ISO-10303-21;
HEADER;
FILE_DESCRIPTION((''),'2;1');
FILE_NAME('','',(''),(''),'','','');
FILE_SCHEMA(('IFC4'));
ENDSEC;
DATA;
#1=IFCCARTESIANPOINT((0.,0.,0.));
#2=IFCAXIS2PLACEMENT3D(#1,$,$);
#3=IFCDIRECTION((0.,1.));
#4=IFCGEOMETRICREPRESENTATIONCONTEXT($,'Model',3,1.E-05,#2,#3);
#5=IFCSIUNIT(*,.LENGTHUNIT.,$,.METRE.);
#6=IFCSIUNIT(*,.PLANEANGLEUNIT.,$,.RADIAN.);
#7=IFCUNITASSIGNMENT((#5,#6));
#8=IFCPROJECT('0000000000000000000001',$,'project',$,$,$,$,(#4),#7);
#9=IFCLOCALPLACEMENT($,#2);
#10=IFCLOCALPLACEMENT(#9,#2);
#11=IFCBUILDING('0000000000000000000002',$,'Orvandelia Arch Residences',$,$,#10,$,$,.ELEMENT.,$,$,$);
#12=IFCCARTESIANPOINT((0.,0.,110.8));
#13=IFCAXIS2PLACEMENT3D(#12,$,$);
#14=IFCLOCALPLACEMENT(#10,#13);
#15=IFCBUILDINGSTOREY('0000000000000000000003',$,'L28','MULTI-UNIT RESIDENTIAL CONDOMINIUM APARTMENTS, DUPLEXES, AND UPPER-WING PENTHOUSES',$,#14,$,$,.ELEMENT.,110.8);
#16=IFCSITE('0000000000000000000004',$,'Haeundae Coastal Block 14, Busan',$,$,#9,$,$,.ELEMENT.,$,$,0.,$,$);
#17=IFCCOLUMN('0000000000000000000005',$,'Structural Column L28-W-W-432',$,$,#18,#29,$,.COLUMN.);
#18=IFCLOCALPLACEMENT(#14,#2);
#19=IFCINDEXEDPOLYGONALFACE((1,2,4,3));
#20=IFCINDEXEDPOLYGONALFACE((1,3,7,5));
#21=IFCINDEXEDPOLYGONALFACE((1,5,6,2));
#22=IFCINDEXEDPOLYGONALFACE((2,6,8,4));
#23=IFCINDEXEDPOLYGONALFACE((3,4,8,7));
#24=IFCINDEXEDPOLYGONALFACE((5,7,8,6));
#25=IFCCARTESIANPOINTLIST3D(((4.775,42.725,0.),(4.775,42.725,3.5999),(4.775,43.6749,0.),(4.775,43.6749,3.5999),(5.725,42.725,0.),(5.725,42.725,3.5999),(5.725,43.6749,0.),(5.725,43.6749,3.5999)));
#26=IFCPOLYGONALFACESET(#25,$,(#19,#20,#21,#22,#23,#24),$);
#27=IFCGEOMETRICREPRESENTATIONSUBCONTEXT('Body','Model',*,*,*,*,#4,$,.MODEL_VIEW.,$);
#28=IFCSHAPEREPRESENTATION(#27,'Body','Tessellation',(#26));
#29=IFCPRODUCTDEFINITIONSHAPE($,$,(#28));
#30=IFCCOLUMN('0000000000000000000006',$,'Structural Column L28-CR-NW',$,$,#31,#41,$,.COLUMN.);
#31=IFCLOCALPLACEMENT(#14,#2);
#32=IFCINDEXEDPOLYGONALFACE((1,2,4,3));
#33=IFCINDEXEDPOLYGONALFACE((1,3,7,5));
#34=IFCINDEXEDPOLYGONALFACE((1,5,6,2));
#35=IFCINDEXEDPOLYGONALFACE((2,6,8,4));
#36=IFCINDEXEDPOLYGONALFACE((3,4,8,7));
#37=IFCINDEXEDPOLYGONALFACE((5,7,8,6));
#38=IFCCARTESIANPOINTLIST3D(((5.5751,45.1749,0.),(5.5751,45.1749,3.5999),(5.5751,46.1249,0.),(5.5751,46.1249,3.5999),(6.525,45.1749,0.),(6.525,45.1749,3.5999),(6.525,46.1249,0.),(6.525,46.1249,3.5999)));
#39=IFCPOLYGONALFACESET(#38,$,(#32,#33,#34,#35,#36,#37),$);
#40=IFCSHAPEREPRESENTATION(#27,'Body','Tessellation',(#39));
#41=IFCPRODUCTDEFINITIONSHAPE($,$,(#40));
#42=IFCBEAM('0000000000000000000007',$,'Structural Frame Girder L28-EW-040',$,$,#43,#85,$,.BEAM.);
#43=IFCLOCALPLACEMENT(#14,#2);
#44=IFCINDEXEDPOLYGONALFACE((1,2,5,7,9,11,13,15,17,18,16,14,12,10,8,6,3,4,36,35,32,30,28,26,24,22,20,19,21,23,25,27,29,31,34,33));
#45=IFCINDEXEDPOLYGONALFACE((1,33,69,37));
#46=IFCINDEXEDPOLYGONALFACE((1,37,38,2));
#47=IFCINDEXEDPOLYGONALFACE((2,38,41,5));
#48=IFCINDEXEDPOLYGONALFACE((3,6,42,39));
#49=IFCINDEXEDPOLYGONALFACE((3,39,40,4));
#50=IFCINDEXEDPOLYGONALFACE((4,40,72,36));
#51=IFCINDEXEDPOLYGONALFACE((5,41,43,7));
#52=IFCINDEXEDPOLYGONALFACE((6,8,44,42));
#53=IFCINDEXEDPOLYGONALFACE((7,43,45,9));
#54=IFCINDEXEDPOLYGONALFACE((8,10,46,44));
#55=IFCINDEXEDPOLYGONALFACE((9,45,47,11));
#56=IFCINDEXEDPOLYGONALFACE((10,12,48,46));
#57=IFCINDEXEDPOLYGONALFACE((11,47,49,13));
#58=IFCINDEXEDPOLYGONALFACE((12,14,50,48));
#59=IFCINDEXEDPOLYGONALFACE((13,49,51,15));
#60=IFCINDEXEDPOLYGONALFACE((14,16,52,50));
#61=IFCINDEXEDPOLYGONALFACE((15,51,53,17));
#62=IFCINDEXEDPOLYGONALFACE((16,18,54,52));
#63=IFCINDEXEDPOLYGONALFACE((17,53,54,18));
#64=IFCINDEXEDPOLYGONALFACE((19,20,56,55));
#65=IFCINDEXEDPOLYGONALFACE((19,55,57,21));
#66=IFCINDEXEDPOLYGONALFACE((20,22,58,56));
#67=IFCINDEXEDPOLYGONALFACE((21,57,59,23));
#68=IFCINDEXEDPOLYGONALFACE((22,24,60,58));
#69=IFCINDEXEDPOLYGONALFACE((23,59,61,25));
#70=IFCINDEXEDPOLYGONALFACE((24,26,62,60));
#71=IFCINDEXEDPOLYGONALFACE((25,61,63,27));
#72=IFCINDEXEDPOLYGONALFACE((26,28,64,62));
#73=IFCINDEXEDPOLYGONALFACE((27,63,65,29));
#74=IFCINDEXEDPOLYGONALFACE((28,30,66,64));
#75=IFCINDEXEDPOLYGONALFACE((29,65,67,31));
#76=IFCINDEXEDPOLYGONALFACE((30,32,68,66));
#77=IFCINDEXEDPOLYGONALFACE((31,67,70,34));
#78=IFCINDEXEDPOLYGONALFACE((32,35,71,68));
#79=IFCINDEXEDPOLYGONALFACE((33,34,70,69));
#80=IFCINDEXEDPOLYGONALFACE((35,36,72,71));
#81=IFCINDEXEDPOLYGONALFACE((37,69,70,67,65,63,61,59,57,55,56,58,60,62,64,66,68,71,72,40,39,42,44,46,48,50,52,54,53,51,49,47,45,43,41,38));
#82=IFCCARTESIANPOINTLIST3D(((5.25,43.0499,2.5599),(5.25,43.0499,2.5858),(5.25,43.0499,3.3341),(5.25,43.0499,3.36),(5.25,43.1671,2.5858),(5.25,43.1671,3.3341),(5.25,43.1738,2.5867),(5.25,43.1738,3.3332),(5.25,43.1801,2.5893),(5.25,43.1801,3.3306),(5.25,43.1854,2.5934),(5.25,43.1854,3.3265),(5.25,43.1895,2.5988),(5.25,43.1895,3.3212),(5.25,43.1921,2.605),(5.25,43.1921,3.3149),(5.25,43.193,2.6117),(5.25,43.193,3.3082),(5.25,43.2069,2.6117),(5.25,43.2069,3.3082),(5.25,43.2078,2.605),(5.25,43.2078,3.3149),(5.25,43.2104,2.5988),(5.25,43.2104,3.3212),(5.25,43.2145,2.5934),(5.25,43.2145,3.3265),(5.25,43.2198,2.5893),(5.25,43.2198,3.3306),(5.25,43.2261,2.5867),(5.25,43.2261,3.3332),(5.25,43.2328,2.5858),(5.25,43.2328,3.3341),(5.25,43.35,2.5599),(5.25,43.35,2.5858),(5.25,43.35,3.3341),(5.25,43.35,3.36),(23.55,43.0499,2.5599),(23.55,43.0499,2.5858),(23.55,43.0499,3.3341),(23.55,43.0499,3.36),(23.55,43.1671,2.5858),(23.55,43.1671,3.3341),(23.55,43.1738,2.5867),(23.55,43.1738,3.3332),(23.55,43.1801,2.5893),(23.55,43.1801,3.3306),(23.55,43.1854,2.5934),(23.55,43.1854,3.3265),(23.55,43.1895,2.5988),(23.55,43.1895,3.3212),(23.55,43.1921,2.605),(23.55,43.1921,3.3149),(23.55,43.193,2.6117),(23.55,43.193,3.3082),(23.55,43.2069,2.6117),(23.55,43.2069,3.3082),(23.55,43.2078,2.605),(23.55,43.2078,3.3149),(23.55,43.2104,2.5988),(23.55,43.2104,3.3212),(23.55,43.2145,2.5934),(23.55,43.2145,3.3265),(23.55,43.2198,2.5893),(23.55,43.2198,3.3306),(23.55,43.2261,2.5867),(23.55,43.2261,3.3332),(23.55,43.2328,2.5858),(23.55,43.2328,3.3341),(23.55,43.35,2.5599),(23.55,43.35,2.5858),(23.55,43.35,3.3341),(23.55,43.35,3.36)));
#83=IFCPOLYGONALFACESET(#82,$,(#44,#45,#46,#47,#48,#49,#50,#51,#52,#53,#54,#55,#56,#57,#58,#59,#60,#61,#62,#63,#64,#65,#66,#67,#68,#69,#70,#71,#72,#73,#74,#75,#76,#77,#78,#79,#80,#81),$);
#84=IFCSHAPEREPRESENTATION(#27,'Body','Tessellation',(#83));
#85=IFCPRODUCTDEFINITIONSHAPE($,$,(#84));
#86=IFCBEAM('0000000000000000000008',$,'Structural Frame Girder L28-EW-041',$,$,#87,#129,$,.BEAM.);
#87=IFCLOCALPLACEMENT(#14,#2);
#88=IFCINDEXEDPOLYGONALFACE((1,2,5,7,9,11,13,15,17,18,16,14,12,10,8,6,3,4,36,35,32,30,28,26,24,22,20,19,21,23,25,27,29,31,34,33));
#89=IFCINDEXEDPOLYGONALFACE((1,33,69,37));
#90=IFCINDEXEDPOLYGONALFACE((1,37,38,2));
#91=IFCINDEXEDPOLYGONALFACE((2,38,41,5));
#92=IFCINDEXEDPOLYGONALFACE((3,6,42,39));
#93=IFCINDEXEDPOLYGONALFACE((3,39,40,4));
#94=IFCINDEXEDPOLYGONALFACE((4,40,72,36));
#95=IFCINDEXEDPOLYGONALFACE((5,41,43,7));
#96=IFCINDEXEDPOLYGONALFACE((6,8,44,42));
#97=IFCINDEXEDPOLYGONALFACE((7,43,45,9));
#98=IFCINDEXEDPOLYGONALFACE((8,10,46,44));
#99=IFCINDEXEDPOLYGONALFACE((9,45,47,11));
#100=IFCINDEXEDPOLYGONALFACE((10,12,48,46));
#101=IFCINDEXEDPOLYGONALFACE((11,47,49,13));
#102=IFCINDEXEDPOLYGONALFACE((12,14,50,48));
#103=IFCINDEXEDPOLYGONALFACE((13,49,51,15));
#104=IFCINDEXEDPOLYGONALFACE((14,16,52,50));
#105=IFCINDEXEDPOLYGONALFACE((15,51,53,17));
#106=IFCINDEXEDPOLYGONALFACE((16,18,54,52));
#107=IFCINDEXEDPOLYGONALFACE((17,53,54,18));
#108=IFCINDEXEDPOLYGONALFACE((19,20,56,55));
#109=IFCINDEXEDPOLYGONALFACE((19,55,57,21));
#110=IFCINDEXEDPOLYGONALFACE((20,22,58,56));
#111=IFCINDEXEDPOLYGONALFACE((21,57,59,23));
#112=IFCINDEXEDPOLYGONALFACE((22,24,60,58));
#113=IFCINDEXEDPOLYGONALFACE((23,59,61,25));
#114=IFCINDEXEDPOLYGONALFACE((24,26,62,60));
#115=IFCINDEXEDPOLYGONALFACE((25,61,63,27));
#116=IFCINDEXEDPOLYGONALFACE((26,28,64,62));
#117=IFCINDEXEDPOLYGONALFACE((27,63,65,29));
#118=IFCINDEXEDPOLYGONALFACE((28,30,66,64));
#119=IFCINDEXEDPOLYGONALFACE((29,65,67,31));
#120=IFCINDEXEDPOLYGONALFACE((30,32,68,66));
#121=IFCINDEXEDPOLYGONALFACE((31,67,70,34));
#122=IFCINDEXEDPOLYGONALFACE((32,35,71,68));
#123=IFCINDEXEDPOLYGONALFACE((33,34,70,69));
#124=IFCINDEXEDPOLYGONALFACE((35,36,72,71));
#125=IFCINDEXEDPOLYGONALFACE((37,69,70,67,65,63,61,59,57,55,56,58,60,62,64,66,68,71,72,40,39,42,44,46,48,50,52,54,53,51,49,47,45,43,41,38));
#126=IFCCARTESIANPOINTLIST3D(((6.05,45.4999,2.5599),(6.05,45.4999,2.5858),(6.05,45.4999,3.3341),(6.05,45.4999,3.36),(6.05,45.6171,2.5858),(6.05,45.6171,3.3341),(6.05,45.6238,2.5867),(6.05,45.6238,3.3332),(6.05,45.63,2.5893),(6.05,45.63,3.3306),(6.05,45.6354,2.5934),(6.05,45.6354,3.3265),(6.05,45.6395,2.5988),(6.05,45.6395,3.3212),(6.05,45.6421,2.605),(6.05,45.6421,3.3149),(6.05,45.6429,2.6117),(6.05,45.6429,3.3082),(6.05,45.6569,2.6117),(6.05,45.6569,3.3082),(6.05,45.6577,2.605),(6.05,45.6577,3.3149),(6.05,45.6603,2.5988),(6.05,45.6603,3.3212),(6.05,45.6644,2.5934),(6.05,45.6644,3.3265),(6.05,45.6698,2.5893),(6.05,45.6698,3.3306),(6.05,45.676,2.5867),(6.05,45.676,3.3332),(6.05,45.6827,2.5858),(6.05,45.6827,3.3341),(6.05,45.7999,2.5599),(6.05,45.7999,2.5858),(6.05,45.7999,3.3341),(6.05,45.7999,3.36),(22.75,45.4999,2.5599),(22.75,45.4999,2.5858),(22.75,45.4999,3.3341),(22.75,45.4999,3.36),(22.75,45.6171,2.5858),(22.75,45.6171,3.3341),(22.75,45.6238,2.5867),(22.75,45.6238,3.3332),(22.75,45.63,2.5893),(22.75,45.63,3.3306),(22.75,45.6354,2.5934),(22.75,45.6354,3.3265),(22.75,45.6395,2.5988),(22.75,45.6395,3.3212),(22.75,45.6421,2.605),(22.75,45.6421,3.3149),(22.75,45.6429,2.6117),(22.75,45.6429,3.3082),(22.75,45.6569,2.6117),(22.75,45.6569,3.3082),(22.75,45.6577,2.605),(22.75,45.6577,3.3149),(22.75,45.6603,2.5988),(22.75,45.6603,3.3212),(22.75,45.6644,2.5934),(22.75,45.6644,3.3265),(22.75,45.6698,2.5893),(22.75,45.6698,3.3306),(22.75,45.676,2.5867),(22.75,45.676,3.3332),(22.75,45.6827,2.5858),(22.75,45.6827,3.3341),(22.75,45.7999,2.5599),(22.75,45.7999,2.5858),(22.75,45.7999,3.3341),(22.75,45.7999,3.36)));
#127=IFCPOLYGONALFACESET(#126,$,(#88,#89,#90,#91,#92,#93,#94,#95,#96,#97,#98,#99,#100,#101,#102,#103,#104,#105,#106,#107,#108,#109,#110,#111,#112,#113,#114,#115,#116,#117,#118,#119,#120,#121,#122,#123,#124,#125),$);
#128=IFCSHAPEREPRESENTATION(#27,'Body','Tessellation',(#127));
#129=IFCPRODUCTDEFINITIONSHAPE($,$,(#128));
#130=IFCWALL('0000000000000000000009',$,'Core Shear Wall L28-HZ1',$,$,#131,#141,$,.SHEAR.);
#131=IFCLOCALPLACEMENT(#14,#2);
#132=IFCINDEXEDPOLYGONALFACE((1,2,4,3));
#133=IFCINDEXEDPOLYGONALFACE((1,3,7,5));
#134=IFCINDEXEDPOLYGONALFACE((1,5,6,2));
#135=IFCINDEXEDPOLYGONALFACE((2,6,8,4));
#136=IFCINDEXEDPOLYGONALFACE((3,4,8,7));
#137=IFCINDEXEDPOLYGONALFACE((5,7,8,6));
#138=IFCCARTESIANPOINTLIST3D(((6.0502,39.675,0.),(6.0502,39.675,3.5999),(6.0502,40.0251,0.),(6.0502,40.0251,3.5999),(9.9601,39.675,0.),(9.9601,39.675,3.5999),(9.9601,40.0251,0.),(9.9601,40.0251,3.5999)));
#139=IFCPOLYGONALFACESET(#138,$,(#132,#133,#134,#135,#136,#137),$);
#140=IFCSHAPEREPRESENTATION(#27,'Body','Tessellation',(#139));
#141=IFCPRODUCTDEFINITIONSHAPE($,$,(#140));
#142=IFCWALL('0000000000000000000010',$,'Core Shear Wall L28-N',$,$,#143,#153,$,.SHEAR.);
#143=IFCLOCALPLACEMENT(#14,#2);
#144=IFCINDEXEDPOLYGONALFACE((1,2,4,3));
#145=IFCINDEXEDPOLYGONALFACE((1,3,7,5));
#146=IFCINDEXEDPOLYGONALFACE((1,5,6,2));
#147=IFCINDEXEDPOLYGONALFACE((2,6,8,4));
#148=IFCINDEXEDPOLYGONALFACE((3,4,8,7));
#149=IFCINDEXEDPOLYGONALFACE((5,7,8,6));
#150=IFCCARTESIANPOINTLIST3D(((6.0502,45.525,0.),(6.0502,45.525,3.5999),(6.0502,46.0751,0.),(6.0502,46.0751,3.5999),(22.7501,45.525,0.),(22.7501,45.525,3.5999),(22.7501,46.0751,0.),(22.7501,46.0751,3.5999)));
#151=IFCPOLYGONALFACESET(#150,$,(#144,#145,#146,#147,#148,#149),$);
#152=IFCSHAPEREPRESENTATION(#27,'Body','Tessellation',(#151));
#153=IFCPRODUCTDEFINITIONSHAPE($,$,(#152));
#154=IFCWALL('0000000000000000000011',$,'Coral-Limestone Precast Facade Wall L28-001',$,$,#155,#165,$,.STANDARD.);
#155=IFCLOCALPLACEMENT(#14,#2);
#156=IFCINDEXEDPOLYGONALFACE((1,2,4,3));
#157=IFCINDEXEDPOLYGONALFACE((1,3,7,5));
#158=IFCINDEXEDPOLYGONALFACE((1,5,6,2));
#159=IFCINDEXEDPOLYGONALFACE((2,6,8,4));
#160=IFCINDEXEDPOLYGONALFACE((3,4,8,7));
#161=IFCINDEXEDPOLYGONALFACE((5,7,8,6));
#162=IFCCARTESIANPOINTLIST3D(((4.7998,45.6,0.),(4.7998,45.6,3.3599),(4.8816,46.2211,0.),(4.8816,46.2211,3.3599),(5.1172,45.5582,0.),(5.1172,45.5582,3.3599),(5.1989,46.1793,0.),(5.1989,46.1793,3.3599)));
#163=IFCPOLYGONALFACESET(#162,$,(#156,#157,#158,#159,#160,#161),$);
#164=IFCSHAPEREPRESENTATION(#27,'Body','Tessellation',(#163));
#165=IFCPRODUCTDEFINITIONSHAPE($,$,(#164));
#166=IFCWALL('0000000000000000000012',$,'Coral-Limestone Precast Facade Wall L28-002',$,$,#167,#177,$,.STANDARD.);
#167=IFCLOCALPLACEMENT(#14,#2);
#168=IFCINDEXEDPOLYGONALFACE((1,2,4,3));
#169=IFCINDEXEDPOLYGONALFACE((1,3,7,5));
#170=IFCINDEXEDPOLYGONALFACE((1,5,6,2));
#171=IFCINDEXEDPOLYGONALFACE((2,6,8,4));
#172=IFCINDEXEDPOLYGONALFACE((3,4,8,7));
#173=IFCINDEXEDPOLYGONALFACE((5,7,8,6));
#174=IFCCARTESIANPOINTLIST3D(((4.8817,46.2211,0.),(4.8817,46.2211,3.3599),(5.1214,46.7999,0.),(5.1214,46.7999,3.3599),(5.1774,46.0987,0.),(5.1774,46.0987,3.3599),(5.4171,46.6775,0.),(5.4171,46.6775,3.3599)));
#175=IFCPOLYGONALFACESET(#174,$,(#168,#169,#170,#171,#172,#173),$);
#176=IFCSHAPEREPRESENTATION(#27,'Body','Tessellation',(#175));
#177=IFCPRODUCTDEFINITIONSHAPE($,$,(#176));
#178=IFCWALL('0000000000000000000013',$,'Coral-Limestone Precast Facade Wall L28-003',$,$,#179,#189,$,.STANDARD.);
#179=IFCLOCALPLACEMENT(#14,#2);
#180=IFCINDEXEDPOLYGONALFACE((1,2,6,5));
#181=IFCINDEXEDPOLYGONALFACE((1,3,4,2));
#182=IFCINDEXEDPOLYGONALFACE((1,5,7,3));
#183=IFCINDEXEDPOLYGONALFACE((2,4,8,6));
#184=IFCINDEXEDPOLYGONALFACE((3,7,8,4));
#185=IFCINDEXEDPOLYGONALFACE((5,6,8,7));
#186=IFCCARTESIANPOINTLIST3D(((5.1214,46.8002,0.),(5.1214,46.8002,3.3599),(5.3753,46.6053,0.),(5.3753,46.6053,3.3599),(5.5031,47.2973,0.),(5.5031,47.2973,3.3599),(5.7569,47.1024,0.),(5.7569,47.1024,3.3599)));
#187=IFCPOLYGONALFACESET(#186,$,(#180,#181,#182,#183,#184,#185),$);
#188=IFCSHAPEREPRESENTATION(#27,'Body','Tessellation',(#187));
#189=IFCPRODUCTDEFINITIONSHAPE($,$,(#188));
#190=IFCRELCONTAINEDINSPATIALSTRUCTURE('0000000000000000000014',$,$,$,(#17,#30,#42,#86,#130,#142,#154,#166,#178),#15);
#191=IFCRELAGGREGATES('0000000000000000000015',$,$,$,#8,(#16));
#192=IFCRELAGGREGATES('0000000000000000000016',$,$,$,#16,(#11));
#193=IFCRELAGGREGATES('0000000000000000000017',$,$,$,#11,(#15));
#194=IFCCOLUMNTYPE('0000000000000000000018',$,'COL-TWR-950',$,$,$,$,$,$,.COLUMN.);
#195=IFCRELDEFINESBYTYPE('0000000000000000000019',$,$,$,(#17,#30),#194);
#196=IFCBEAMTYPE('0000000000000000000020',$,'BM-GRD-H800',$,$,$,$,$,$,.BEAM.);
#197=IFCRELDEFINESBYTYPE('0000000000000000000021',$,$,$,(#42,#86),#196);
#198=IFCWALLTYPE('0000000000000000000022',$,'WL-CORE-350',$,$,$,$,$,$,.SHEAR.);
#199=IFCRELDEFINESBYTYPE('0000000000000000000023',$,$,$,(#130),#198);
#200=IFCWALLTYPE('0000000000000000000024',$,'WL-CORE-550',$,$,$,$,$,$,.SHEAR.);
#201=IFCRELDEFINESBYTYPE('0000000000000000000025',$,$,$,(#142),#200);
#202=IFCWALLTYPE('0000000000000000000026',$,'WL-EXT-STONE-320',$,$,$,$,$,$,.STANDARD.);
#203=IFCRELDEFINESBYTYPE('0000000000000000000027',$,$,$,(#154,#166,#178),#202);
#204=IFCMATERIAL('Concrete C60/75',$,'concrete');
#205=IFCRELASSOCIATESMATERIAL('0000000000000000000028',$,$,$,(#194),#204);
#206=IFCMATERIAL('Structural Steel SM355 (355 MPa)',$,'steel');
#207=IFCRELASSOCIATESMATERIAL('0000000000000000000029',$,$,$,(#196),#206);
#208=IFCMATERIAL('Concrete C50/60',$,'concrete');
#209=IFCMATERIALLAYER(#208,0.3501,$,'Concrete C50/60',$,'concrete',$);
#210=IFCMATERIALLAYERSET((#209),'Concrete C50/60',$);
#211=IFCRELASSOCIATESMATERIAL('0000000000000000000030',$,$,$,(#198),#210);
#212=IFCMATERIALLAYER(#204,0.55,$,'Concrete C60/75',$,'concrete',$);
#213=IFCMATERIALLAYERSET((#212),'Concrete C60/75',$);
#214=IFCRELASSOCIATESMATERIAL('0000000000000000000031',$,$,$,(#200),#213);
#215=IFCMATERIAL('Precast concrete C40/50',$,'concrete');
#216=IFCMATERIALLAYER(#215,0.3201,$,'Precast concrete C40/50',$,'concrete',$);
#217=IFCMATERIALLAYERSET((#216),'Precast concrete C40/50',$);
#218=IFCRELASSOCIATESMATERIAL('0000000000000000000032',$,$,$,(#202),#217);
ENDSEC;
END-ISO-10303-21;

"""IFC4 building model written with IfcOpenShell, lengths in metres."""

from ifc_helpers import new_model, si_unit, direction, frame, frame_2d, origin, origin_2d, place, context, subcontext, project, spatial, rectangle, i_section, extrude, material, layer, layer_set, material_profile, profile_set, type_object, element, save


model = new_model("IFC4")

# Units and contexts
model_context = context("Model", 3, precision=1e-05, world=origin(), true_north=direction((0.0, 1.0)))
body_context = subcontext(model_context, "Body", "Model", "MODEL_VIEW")
ifc_project = project(units=[si_unit("LENGTHUNIT", "METRE"), si_unit("PLANEANGLEUNIT", "RADIAN")], contexts=[model_context])

# Site, building, storey
site_placement = place(None, origin())
site = spatial("IfcSite", under=ifc_project, at=site_placement, Name="Haeundae Coastal Block 14, Busan", CompositionType="ELEMENT", RefElevation=0.0)
building_placement = place(site_placement, origin())
building = spatial("IfcBuilding", under=site, at=building_placement, Name="Orvandelia Arch Residences", CompositionType="ELEMENT")
storey_placement = place(building_placement, frame((0.0, 0.0, 110.8)))
storey = spatial("IfcBuildingStorey", under=building, at=storey_placement, Name="L28", Description="MULTI-UNIT RESIDENTIAL CONDOMINIUM APARTMENTS, DUPLEXES, AND UPPER-WING PENTHOUSES", CompositionType="ELEMENT", Elevation=110.8)

# Columns
ifc_material_1 = material(Name="Concrete C60/75", Category="concrete")
ifc_material_profile_1 = material_profile(ifc_material_1, rectangle(XDim=0.95, YDim=0.95, at=origin_2d()), Name="Concrete C60/75", Category="concrete")
ifc_profile_set_1 = profile_set([ifc_material_profile_1], Name="Concrete C60/75")
column_type = type_object("IfcColumnType", Name="COL-TWR-950", PredefinedType="COLUMN", material=ifc_profile_set_1)
for number, where, z_axis, x_axis, name in (
    (1, (5.25, 43.2, 0.0), (0.0, 0.0, 1.0), (1.0, 0.0, 0.0), "Structural Column L28-W-W-432"),
    (2, (6.05, 45.6499, 0.0), (0.0, 0.0, 1.0), (1.0, 0.0, 0.0), "Structural Column L28-CR-NW"),
):
    element("IfcColumn", number, at=place(storey_placement, frame(where, z_axis=z_axis, x_axis=x_axis)), inside=storey, type_object=column_type, Name=name, PredefinedType="COLUMN", context=body_context, shape_type="SweptSolid", body=[
        extrude(rectangle(XDim=0.95, YDim=0.95, at=origin_2d()), origin(), (0.0, 0.0, 1.0), 3.5999),
    ])

# Beams
ifc_material_2 = material(Name="Structural Steel SM355 (355 MPa)", Category="steel")
ifc_material_profile_2 = material_profile(ifc_material_2, i_section(OverallWidth=0.3, OverallDepth=0.8, WebThickness=0.0139, FlangeThickness=0.0259, FilletRadius=0.0259, at=origin_2d()), Name="Structural Steel SM355 (355 MPa)", Category="steel")
ifc_profile_set_2 = profile_set([ifc_material_profile_2], Name="Structural Steel SM355 (355 MPa)")
beam_type = type_object("IfcBeamType", Name="BM-GRD-H800", PredefinedType="BEAM", material=ifc_profile_set_2)
beam_1_placement = place(storey_placement, frame((5.25, 43.2, 2.96), z_axis=(1.0, 0.0, 0.0), x_axis=(0.0, 1.0, 0.0)))
element("IfcBeam", 3, at=beam_1_placement, inside=storey, type_object=beam_type, Name="Structural Frame Girder L28-EW-040", PredefinedType="BEAM", context=body_context, shape_type="SweptSolid", body=[
    extrude(i_section(OverallWidth=0.3, OverallDepth=0.8, WebThickness=0.0139, FlangeThickness=0.0259, FilletRadius=0.0259, at=origin_2d()), origin(), (0.0, 0.0, 1.0), 18.3),
])
beam_2_placement = place(storey_placement, frame((6.05, 45.6499, 2.96), z_axis=(1.0, 0.0, 0.0), x_axis=(0.0, 1.0, 0.0)))
element("IfcBeam", 4, at=beam_2_placement, inside=storey, type_object=beam_type, Name="Structural Frame Girder L28-EW-041", PredefinedType="BEAM", context=body_context, shape_type="SweptSolid", body=[
    extrude(i_section(OverallWidth=0.3, OverallDepth=0.8, WebThickness=0.0139, FlangeThickness=0.0259, FilletRadius=0.0259, at=origin_2d()), origin(), (0.0, 0.0, 1.0), 16.7),
])

# Walls
ifc_material_3 = material(Name="Concrete C50/60", Category="concrete")
ifc_layer_1 = layer(ifc_material_3, 0.3501, Name="Concrete C50/60", Category="concrete")
ifc_layer_set_1 = layer_set([ifc_layer_1], Name="Concrete C50/60")
wall_type_1 = type_object("IfcWallType", Name="WL-CORE-350", PredefinedType="SHEAR", material=ifc_layer_set_1)
wall_1_placement = place(storey_placement, frame((6.05, 39.8501, 0.0), z_axis=(0.0, 0.0, 1.0), x_axis=(1.0, 0.0, 0.0)))
element("IfcWall", 5, at=wall_1_placement, inside=storey, type_object=wall_type_1, Name="Core Shear Wall L28-HZ1", PredefinedType="SHEAR", context=body_context, shape_type="SweptSolid", body=[
    extrude(rectangle(XDim=3.9099, YDim=0.3501, at=frame_2d((1.9551, 0.0))), origin(), (0.0, 0.0, 1.0), 3.5999),
])
ifc_layer_2 = layer(ifc_material_1, 0.55, Name="Concrete C60/75", Category="concrete")
ifc_layer_set_2 = layer_set([ifc_layer_2], Name="Concrete C60/75")
wall_type_2 = type_object("IfcWallType", Name="WL-CORE-550", PredefinedType="SHEAR", material=ifc_layer_set_2)
wall_2_placement = place(storey_placement, frame((6.05, 45.8, 0.0), z_axis=(0.0, 0.0, 1.0), x_axis=(1.0, 0.0, 0.0)))
element("IfcWall", 6, at=wall_2_placement, inside=storey, type_object=wall_type_2, Name="Core Shear Wall L28-N", PredefinedType="SHEAR", context=body_context, shape_type="SweptSolid", body=[
    extrude(rectangle(XDim=16.7, YDim=0.55, at=frame_2d((8.3501, 0.0))), origin(), (0.0, 0.0, 1.0), 3.5999),
])
ifc_material_4 = material(Name="Precast concrete C40/50", Category="concrete")
ifc_layer_3 = layer(ifc_material_4, 0.3201, Name="Precast concrete C40/50", Category="concrete")
ifc_layer_set_3 = layer_set([ifc_layer_3], Name="Precast concrete C40/50")
wall_type_3 = type_object("IfcWallType", Name="WL-EXT-STONE-320", PredefinedType="STANDARD", material=ifc_layer_set_3)
for number, where, z_axis, x_axis, name in (
    (7, (4.9585, 45.5791, 0.0), (0.0, 0.0, 1.0), (0.130555, 0.991441, 0.0), "Coral-Limestone Precast Facade Wall L28-001"),
    (8, (5.0295, 46.1599, 0.0), (0.0, 0.0, 1.0), (0.38265, 0.923893, 0.0), "Coral-Limestone Precast Facade Wall L28-002"),
):
    element("IfcWall", number, at=place(storey_placement, frame(where, z_axis=z_axis, x_axis=x_axis)), inside=storey, type_object=wall_type_3, Name=name, PredefinedType="STANDARD", context=body_context, shape_type="SweptSolid", body=[
        extrude(rectangle(XDim=0.6265, YDim=0.3201, at=frame_2d((0.3132, 0.0))), origin(), (0.0, 0.0, 1.0), 3.3599),
    ])
wall_3_placement = place(storey_placement, frame((5.2483, 46.7026, 0.0), z_axis=(0.0, 0.0, 1.0), x_axis=(0.608939, 0.793217, 0.0)))
element("IfcWall", 9, at=wall_3_placement, inside=storey, type_object=wall_type_3, Name="Coral-Limestone Precast Facade Wall L28-003", PredefinedType="STANDARD", context=body_context, shape_type="SweptSolid", body=[
    extrude(rectangle(XDim=0.6267, YDim=0.3201, at=frame_2d((0.3135, 0.0))), origin(), (0.0, 0.0, 1.0), 3.3599),
])

save(model, "model.ifc")
